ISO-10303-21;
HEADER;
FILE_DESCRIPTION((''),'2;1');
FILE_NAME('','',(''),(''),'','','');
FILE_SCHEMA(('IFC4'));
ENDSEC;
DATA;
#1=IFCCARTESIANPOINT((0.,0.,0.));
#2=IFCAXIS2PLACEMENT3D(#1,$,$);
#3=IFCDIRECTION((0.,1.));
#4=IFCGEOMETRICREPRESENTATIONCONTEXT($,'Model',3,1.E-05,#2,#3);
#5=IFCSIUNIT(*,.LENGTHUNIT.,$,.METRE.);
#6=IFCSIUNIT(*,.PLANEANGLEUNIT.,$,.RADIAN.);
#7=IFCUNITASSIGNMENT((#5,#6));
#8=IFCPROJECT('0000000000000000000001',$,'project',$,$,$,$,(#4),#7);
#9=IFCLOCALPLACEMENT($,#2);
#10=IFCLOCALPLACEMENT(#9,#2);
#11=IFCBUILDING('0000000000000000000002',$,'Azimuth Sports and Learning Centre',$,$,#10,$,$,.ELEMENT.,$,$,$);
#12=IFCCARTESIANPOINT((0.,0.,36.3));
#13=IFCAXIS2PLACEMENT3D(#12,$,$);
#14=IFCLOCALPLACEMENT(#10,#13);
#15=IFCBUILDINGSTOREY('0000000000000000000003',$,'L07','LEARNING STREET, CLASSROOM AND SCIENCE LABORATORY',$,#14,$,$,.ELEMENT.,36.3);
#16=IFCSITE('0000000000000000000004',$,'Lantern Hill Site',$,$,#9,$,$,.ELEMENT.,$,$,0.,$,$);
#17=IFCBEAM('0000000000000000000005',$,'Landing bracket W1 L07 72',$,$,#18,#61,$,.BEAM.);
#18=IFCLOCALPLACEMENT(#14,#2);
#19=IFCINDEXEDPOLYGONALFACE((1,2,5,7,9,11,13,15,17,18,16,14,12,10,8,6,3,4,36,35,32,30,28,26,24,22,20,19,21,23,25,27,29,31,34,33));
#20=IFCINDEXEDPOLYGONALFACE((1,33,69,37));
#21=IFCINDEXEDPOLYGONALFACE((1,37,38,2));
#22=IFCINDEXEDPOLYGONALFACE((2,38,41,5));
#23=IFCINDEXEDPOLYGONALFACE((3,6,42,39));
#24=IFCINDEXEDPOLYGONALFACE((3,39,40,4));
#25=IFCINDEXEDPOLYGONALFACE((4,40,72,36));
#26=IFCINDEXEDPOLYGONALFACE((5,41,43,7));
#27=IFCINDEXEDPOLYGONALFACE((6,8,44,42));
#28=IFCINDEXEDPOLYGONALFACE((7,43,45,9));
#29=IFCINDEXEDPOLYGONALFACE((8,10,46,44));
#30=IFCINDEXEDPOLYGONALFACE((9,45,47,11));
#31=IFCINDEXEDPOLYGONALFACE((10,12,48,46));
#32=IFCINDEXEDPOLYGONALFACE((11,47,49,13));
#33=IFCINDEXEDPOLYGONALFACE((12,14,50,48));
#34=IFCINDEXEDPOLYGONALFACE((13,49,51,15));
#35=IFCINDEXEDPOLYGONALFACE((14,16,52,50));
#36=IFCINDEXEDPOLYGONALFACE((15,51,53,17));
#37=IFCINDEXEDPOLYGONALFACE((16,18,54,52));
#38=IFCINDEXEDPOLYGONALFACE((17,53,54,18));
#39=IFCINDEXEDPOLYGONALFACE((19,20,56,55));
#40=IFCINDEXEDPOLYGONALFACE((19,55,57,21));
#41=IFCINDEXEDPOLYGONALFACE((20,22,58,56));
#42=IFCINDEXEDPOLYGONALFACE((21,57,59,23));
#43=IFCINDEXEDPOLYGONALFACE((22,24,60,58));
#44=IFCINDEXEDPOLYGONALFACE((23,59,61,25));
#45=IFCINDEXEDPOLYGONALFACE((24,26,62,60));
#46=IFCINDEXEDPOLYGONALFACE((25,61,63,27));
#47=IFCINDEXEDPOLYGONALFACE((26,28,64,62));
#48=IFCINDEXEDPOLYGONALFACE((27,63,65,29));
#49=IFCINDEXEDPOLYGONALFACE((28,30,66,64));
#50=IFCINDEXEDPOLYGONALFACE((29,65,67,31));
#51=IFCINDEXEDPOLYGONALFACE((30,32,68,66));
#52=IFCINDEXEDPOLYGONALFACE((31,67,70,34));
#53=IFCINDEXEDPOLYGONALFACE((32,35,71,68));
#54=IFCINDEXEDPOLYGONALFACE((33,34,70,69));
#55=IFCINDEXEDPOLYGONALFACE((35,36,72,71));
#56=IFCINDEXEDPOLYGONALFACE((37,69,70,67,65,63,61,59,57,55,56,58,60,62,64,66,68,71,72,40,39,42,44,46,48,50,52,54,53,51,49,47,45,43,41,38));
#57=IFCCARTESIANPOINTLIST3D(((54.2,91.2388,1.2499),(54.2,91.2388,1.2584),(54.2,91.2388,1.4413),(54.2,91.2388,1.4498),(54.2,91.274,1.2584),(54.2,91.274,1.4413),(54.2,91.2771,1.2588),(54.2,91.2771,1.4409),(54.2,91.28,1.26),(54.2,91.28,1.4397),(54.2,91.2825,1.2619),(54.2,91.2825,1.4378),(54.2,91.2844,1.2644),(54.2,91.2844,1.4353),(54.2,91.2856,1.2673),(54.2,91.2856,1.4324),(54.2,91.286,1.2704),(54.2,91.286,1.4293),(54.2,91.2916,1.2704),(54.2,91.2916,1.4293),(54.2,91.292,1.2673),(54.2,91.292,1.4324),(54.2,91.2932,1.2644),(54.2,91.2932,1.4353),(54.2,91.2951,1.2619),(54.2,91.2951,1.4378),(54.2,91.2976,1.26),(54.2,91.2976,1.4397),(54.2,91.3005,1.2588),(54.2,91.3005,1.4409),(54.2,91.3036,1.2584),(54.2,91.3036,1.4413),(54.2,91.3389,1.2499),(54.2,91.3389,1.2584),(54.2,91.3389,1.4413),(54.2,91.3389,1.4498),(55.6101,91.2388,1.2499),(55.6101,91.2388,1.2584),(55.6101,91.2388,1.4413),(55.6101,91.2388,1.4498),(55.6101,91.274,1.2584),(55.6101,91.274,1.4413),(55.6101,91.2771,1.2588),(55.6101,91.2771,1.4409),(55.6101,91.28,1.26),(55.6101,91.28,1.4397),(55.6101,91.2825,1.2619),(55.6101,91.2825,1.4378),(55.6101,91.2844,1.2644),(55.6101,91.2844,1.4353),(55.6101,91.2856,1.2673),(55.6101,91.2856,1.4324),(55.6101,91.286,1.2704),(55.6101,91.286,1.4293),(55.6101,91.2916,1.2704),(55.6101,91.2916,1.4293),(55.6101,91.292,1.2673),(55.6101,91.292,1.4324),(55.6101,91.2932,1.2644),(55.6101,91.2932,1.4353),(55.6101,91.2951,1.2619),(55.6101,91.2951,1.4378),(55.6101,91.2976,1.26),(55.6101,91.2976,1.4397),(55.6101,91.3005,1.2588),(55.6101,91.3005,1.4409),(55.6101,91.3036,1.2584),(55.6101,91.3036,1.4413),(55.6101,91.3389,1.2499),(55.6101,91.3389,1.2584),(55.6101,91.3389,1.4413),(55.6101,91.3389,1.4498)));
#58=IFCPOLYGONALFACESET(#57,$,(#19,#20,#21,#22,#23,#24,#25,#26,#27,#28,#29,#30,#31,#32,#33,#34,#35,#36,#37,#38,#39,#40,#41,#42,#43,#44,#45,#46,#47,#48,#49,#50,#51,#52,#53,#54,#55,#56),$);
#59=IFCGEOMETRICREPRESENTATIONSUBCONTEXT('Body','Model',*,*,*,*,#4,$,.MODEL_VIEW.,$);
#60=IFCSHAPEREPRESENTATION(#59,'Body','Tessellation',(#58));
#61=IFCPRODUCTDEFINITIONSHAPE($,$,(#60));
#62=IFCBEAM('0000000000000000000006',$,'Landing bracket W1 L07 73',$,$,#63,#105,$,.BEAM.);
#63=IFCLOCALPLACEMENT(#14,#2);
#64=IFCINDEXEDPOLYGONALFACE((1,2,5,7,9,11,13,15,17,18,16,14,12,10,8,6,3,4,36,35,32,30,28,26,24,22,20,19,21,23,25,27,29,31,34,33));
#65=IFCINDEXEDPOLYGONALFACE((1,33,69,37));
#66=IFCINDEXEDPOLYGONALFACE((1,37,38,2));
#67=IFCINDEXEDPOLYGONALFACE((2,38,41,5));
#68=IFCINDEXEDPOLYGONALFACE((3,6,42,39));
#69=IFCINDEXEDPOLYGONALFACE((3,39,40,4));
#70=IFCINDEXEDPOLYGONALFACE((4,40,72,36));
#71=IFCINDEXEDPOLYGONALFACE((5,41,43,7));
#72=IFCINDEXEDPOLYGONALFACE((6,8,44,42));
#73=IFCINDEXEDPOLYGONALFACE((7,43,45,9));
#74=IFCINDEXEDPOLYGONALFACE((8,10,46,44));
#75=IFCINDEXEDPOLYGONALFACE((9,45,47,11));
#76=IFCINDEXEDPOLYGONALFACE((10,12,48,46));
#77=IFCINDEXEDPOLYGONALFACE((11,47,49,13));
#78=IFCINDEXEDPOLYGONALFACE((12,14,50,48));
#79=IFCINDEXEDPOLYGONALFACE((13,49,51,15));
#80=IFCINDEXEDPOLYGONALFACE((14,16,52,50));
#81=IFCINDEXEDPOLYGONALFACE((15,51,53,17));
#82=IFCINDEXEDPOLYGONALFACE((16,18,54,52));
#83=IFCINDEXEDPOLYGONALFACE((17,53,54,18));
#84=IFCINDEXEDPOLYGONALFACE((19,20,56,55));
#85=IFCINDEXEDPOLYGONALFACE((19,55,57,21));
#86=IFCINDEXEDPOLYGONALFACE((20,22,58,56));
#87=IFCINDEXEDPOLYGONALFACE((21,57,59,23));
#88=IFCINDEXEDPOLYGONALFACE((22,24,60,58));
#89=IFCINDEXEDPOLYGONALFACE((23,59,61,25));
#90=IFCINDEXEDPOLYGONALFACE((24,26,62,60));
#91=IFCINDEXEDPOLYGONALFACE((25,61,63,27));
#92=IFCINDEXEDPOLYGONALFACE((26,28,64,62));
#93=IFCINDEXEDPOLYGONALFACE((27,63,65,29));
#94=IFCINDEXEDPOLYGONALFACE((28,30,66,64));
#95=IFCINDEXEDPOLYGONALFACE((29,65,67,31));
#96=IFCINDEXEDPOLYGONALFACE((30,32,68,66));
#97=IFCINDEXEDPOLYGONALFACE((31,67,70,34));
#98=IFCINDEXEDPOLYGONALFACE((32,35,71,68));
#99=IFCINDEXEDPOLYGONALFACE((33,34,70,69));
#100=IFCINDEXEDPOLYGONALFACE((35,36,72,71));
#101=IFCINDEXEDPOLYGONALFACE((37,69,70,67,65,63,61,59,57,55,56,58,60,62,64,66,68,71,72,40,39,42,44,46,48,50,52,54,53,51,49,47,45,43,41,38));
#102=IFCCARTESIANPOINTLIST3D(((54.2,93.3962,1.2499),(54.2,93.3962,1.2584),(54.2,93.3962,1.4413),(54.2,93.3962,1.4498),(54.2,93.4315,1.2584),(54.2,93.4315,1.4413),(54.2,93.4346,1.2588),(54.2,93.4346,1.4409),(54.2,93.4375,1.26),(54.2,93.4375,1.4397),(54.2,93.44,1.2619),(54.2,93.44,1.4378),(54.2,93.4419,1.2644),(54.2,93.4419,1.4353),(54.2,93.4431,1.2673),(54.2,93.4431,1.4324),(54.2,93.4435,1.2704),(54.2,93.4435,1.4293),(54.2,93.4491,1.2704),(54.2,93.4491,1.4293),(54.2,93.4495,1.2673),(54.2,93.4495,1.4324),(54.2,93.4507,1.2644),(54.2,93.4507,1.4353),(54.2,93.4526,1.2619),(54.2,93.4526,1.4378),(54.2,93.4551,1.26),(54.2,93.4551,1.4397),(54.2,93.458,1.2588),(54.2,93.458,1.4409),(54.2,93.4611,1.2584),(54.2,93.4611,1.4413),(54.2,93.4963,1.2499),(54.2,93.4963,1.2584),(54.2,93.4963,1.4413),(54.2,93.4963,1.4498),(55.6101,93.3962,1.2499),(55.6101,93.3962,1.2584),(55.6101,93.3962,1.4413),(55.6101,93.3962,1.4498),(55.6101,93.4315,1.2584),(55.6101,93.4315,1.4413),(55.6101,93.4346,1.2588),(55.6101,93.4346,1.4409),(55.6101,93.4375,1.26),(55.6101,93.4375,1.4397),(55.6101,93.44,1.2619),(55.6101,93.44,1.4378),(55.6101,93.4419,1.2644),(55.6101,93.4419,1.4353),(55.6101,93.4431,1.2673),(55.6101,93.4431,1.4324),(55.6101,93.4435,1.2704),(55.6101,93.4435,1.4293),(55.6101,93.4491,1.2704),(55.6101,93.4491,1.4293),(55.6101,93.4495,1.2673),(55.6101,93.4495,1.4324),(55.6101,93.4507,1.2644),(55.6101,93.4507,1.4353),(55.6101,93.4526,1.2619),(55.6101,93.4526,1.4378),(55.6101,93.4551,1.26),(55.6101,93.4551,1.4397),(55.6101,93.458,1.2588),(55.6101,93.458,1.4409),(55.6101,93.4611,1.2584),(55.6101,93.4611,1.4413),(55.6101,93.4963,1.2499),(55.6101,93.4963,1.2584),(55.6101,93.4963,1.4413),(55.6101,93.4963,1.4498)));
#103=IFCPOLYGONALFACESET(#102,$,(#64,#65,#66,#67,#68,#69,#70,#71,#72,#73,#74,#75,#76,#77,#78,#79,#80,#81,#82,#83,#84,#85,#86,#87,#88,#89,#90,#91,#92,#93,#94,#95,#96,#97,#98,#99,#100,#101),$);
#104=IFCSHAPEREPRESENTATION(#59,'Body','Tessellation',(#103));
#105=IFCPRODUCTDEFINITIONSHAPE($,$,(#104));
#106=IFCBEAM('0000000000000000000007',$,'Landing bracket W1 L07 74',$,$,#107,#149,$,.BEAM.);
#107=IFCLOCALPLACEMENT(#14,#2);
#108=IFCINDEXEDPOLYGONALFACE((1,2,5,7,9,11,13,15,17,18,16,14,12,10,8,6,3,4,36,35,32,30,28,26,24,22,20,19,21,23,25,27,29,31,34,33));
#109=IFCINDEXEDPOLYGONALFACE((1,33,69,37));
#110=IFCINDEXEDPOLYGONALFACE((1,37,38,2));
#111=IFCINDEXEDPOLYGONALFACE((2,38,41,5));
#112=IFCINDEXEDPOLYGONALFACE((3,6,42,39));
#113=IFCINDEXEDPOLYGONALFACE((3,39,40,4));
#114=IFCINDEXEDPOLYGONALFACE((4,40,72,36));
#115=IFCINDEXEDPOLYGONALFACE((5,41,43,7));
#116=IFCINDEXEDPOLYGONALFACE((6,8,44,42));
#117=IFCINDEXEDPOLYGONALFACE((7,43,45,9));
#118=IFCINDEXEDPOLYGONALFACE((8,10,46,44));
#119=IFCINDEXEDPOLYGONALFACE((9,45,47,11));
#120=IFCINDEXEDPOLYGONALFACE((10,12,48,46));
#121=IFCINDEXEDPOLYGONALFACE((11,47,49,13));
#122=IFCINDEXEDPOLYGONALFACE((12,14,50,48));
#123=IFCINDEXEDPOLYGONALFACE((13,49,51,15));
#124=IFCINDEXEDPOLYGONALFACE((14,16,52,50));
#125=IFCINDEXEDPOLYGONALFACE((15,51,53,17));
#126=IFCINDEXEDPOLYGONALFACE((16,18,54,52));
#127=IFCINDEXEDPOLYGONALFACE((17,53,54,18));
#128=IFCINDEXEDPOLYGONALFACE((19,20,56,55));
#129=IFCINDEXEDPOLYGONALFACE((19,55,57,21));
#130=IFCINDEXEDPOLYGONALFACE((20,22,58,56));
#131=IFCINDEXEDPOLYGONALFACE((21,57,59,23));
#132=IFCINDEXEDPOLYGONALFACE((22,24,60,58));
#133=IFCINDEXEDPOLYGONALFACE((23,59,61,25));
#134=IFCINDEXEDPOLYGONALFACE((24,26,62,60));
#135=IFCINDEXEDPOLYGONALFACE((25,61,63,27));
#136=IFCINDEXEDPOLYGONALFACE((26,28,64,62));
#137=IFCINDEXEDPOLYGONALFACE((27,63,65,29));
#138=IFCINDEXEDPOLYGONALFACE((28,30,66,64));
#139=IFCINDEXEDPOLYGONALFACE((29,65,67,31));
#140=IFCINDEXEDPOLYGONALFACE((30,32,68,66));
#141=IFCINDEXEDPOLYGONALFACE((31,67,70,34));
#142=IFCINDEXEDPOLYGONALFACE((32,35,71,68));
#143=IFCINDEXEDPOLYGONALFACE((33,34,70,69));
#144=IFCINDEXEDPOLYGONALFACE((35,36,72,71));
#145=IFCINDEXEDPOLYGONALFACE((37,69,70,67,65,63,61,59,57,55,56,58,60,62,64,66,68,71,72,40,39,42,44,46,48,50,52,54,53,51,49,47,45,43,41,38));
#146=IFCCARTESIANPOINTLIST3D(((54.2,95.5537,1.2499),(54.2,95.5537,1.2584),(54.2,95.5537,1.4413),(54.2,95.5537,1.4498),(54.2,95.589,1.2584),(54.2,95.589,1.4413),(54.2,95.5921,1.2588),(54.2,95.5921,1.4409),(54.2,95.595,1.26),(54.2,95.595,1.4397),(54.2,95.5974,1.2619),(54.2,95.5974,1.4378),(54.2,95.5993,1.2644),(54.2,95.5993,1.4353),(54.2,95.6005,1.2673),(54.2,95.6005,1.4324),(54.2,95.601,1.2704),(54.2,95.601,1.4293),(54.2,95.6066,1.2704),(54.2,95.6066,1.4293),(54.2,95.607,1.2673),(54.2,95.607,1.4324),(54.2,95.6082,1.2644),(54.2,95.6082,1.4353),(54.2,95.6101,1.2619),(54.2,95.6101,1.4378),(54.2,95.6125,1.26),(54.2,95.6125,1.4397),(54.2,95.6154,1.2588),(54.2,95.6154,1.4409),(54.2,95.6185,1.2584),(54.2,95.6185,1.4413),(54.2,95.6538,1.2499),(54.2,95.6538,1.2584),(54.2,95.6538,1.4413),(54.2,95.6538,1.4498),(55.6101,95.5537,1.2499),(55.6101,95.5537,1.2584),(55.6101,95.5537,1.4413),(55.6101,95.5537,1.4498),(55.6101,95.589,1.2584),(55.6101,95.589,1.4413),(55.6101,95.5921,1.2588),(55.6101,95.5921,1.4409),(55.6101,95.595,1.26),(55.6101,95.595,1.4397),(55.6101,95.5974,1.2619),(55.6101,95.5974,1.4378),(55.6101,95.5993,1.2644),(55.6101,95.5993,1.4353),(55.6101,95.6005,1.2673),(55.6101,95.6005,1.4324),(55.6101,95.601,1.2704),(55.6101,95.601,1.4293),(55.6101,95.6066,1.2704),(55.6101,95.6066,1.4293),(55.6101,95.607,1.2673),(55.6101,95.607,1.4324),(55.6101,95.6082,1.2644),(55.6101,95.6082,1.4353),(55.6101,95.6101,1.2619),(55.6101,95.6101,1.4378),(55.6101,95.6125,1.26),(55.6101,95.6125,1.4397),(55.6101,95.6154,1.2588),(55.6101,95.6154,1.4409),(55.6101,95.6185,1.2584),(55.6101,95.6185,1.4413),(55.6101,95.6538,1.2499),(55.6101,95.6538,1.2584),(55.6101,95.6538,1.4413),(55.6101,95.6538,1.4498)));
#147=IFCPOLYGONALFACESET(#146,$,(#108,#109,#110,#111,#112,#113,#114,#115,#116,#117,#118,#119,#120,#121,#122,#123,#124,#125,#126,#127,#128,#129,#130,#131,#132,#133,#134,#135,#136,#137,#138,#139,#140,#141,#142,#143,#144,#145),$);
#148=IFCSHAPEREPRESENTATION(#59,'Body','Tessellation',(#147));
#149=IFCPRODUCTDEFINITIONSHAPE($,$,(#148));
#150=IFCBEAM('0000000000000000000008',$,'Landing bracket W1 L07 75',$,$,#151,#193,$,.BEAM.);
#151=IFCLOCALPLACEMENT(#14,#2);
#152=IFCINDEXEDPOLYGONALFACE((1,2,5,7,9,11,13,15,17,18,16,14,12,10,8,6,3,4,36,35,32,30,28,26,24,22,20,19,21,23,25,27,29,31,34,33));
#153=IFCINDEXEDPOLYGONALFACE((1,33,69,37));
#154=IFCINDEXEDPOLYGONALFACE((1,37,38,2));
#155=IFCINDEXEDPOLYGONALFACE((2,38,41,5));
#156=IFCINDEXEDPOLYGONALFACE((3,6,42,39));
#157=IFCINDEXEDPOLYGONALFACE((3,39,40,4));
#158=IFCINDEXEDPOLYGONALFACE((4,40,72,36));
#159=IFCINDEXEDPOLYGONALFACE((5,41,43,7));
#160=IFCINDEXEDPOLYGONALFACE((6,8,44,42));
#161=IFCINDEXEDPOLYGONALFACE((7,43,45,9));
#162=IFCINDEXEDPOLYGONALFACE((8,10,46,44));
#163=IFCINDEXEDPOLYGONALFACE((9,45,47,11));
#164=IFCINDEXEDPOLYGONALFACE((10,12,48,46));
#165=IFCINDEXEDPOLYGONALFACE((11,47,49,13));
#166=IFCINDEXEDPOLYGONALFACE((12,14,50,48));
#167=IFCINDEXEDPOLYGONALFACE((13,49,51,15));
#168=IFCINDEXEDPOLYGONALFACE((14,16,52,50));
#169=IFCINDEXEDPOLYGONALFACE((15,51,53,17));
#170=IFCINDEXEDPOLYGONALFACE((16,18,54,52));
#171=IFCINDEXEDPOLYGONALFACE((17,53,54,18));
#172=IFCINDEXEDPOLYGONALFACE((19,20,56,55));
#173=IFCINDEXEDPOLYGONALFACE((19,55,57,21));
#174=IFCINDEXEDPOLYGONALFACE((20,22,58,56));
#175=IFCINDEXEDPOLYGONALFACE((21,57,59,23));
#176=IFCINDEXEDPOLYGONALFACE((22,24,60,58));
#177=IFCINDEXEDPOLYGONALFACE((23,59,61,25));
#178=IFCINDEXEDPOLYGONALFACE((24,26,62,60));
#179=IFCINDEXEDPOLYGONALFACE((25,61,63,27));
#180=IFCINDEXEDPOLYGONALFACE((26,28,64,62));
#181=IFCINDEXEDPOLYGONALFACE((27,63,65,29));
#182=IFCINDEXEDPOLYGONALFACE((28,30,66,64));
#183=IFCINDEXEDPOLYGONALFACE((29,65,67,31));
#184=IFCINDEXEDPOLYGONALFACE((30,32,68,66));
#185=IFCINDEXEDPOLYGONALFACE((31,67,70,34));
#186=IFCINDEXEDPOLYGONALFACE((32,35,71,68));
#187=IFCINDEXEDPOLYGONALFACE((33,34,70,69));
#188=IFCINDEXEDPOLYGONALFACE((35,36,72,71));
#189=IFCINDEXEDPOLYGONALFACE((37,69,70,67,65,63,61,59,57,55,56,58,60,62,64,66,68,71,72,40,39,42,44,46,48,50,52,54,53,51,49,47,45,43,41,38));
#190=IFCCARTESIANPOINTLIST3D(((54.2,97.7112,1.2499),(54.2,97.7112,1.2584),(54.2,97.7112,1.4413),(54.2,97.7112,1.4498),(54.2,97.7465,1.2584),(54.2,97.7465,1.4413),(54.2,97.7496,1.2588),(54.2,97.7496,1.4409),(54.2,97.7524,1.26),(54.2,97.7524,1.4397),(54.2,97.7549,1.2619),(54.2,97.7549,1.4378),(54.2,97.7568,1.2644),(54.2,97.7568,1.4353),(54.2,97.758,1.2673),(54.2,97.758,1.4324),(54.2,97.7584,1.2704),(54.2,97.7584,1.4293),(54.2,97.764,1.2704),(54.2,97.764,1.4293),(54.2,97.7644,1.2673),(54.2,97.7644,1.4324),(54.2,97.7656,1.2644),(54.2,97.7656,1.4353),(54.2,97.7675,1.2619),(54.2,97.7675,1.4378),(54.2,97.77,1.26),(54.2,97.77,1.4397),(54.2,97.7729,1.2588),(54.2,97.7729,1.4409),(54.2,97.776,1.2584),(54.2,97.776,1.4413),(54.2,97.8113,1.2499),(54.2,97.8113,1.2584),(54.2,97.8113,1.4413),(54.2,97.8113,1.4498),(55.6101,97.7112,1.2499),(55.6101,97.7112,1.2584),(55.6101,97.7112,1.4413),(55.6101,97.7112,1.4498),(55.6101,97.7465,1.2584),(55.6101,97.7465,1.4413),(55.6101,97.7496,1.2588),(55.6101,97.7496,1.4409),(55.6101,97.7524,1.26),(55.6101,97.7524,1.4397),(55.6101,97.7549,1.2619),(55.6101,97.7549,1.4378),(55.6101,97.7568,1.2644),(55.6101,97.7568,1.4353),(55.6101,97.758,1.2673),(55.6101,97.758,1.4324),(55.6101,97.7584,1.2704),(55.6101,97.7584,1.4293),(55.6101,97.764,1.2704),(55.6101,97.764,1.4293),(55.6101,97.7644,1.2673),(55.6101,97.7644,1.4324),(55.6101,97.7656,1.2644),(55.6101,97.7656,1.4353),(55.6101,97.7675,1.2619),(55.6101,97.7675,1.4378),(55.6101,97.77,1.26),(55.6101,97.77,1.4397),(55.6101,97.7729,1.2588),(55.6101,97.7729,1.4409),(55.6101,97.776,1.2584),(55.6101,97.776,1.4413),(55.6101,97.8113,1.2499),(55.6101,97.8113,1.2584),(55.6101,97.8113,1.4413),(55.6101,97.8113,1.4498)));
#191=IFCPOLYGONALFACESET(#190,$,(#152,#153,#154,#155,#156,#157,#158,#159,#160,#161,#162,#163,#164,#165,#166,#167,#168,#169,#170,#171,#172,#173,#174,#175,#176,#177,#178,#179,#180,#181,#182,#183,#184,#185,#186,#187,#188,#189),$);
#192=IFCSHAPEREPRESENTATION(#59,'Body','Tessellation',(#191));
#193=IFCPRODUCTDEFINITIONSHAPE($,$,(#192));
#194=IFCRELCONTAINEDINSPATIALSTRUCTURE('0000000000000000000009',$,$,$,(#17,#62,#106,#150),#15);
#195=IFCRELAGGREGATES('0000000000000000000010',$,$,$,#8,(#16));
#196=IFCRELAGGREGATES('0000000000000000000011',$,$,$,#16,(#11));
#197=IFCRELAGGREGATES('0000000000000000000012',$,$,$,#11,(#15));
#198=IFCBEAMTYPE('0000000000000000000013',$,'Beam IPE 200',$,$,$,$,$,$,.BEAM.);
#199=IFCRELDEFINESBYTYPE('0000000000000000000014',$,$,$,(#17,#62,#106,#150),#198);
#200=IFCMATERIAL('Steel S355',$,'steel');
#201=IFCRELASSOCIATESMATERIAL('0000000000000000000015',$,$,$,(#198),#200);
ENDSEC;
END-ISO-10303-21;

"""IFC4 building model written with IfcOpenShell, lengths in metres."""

from ifc_helpers import new_model, si_unit, direction, frame, origin, origin_2d, place, context, subcontext, project, spatial, i_section, extrude, material, material_profile, profile_set, type_object, element, save


model = new_model("IFC4")

# Units and contexts
model_context = context("Model", 3, precision=1e-05, world=origin(), true_north=direction((0.0, 1.0)))
body_context = subcontext(model_context, "Body", "Model", "MODEL_VIEW")
ifc_project = project(units=[si_unit("LENGTHUNIT", "METRE"), si_unit("PLANEANGLEUNIT", "RADIAN")], contexts=[model_context])

# Site, building, storey
site_placement = place(None, origin())
site = spatial("IfcSite", under=ifc_project, at=site_placement, Name="Lantern Hill Site", CompositionType="ELEMENT", RefElevation=0.0)
building_placement = place(site_placement, origin())
building = spatial("IfcBuilding", under=site, at=building_placement, Name="Azimuth Sports and Learning Centre", CompositionType="ELEMENT")
storey_placement = place(building_placement, frame((0.0, 0.0, 36.3)))
storey = spatial("IfcBuildingStorey", under=building, at=storey_placement, Name="L07", Description="LEARNING STREET, CLASSROOM AND SCIENCE LABORATORY", CompositionType="ELEMENT", Elevation=36.3)

# Beams
ifc_material_1 = material(Name="Steel S355", Category="steel")
ifc_material_profile = material_profile(ifc_material_1, i_section(OverallWidth=0.1001, OverallDepth=0.2, WebThickness=0.0056, FlangeThickness=0.0085, FilletRadius=0.012, at=origin_2d()), Name="IPE 200")
ifc_profile_set = profile_set([ifc_material_profile], Name="Steel S355")
beam_type = type_object("IfcBeamType", Name="Beam IPE 200", PredefinedType="BEAM", material=ifc_profile_set)
for number, where, z_axis, x_axis, name in (
    (1, (54.2, 91.2888, 1.3499), (1.0, 0.0, 0.0), (0.0, 1.0, 0.0), "Landing bracket W1 L07 72"),
    (2, (54.2, 93.4463, 1.3499), (1.0, 0.0, 0.0), (0.0, 1.0, 0.0), "Landing bracket W1 L07 73"),
    (3, (54.2, 95.6038, 1.3499), (1.0, 0.0, 0.0), (0.0, 1.0, 0.0), "Landing bracket W1 L07 74"),
    (4, (54.2, 97.7612, 1.3499), (1.0, 0.0, 0.0), (0.0, 1.0, 0.0), "Landing bracket W1 L07 75"),
):
    element("IfcBeam", number, at=place(storey_placement, frame(where, z_axis=z_axis, x_axis=x_axis)), inside=storey, type_object=beam_type, Name=name, PredefinedType="BEAM", context=body_context, shape_type="SweptSolid", body=[
        extrude(i_section(OverallWidth=0.1001, OverallDepth=0.2, WebThickness=0.0056, FlangeThickness=0.0085, FilletRadius=0.012, at=origin_2d()), origin(), (0.0, 0.0, 1.0), 1.4102),
    ])

save(model, "model.ifc")
